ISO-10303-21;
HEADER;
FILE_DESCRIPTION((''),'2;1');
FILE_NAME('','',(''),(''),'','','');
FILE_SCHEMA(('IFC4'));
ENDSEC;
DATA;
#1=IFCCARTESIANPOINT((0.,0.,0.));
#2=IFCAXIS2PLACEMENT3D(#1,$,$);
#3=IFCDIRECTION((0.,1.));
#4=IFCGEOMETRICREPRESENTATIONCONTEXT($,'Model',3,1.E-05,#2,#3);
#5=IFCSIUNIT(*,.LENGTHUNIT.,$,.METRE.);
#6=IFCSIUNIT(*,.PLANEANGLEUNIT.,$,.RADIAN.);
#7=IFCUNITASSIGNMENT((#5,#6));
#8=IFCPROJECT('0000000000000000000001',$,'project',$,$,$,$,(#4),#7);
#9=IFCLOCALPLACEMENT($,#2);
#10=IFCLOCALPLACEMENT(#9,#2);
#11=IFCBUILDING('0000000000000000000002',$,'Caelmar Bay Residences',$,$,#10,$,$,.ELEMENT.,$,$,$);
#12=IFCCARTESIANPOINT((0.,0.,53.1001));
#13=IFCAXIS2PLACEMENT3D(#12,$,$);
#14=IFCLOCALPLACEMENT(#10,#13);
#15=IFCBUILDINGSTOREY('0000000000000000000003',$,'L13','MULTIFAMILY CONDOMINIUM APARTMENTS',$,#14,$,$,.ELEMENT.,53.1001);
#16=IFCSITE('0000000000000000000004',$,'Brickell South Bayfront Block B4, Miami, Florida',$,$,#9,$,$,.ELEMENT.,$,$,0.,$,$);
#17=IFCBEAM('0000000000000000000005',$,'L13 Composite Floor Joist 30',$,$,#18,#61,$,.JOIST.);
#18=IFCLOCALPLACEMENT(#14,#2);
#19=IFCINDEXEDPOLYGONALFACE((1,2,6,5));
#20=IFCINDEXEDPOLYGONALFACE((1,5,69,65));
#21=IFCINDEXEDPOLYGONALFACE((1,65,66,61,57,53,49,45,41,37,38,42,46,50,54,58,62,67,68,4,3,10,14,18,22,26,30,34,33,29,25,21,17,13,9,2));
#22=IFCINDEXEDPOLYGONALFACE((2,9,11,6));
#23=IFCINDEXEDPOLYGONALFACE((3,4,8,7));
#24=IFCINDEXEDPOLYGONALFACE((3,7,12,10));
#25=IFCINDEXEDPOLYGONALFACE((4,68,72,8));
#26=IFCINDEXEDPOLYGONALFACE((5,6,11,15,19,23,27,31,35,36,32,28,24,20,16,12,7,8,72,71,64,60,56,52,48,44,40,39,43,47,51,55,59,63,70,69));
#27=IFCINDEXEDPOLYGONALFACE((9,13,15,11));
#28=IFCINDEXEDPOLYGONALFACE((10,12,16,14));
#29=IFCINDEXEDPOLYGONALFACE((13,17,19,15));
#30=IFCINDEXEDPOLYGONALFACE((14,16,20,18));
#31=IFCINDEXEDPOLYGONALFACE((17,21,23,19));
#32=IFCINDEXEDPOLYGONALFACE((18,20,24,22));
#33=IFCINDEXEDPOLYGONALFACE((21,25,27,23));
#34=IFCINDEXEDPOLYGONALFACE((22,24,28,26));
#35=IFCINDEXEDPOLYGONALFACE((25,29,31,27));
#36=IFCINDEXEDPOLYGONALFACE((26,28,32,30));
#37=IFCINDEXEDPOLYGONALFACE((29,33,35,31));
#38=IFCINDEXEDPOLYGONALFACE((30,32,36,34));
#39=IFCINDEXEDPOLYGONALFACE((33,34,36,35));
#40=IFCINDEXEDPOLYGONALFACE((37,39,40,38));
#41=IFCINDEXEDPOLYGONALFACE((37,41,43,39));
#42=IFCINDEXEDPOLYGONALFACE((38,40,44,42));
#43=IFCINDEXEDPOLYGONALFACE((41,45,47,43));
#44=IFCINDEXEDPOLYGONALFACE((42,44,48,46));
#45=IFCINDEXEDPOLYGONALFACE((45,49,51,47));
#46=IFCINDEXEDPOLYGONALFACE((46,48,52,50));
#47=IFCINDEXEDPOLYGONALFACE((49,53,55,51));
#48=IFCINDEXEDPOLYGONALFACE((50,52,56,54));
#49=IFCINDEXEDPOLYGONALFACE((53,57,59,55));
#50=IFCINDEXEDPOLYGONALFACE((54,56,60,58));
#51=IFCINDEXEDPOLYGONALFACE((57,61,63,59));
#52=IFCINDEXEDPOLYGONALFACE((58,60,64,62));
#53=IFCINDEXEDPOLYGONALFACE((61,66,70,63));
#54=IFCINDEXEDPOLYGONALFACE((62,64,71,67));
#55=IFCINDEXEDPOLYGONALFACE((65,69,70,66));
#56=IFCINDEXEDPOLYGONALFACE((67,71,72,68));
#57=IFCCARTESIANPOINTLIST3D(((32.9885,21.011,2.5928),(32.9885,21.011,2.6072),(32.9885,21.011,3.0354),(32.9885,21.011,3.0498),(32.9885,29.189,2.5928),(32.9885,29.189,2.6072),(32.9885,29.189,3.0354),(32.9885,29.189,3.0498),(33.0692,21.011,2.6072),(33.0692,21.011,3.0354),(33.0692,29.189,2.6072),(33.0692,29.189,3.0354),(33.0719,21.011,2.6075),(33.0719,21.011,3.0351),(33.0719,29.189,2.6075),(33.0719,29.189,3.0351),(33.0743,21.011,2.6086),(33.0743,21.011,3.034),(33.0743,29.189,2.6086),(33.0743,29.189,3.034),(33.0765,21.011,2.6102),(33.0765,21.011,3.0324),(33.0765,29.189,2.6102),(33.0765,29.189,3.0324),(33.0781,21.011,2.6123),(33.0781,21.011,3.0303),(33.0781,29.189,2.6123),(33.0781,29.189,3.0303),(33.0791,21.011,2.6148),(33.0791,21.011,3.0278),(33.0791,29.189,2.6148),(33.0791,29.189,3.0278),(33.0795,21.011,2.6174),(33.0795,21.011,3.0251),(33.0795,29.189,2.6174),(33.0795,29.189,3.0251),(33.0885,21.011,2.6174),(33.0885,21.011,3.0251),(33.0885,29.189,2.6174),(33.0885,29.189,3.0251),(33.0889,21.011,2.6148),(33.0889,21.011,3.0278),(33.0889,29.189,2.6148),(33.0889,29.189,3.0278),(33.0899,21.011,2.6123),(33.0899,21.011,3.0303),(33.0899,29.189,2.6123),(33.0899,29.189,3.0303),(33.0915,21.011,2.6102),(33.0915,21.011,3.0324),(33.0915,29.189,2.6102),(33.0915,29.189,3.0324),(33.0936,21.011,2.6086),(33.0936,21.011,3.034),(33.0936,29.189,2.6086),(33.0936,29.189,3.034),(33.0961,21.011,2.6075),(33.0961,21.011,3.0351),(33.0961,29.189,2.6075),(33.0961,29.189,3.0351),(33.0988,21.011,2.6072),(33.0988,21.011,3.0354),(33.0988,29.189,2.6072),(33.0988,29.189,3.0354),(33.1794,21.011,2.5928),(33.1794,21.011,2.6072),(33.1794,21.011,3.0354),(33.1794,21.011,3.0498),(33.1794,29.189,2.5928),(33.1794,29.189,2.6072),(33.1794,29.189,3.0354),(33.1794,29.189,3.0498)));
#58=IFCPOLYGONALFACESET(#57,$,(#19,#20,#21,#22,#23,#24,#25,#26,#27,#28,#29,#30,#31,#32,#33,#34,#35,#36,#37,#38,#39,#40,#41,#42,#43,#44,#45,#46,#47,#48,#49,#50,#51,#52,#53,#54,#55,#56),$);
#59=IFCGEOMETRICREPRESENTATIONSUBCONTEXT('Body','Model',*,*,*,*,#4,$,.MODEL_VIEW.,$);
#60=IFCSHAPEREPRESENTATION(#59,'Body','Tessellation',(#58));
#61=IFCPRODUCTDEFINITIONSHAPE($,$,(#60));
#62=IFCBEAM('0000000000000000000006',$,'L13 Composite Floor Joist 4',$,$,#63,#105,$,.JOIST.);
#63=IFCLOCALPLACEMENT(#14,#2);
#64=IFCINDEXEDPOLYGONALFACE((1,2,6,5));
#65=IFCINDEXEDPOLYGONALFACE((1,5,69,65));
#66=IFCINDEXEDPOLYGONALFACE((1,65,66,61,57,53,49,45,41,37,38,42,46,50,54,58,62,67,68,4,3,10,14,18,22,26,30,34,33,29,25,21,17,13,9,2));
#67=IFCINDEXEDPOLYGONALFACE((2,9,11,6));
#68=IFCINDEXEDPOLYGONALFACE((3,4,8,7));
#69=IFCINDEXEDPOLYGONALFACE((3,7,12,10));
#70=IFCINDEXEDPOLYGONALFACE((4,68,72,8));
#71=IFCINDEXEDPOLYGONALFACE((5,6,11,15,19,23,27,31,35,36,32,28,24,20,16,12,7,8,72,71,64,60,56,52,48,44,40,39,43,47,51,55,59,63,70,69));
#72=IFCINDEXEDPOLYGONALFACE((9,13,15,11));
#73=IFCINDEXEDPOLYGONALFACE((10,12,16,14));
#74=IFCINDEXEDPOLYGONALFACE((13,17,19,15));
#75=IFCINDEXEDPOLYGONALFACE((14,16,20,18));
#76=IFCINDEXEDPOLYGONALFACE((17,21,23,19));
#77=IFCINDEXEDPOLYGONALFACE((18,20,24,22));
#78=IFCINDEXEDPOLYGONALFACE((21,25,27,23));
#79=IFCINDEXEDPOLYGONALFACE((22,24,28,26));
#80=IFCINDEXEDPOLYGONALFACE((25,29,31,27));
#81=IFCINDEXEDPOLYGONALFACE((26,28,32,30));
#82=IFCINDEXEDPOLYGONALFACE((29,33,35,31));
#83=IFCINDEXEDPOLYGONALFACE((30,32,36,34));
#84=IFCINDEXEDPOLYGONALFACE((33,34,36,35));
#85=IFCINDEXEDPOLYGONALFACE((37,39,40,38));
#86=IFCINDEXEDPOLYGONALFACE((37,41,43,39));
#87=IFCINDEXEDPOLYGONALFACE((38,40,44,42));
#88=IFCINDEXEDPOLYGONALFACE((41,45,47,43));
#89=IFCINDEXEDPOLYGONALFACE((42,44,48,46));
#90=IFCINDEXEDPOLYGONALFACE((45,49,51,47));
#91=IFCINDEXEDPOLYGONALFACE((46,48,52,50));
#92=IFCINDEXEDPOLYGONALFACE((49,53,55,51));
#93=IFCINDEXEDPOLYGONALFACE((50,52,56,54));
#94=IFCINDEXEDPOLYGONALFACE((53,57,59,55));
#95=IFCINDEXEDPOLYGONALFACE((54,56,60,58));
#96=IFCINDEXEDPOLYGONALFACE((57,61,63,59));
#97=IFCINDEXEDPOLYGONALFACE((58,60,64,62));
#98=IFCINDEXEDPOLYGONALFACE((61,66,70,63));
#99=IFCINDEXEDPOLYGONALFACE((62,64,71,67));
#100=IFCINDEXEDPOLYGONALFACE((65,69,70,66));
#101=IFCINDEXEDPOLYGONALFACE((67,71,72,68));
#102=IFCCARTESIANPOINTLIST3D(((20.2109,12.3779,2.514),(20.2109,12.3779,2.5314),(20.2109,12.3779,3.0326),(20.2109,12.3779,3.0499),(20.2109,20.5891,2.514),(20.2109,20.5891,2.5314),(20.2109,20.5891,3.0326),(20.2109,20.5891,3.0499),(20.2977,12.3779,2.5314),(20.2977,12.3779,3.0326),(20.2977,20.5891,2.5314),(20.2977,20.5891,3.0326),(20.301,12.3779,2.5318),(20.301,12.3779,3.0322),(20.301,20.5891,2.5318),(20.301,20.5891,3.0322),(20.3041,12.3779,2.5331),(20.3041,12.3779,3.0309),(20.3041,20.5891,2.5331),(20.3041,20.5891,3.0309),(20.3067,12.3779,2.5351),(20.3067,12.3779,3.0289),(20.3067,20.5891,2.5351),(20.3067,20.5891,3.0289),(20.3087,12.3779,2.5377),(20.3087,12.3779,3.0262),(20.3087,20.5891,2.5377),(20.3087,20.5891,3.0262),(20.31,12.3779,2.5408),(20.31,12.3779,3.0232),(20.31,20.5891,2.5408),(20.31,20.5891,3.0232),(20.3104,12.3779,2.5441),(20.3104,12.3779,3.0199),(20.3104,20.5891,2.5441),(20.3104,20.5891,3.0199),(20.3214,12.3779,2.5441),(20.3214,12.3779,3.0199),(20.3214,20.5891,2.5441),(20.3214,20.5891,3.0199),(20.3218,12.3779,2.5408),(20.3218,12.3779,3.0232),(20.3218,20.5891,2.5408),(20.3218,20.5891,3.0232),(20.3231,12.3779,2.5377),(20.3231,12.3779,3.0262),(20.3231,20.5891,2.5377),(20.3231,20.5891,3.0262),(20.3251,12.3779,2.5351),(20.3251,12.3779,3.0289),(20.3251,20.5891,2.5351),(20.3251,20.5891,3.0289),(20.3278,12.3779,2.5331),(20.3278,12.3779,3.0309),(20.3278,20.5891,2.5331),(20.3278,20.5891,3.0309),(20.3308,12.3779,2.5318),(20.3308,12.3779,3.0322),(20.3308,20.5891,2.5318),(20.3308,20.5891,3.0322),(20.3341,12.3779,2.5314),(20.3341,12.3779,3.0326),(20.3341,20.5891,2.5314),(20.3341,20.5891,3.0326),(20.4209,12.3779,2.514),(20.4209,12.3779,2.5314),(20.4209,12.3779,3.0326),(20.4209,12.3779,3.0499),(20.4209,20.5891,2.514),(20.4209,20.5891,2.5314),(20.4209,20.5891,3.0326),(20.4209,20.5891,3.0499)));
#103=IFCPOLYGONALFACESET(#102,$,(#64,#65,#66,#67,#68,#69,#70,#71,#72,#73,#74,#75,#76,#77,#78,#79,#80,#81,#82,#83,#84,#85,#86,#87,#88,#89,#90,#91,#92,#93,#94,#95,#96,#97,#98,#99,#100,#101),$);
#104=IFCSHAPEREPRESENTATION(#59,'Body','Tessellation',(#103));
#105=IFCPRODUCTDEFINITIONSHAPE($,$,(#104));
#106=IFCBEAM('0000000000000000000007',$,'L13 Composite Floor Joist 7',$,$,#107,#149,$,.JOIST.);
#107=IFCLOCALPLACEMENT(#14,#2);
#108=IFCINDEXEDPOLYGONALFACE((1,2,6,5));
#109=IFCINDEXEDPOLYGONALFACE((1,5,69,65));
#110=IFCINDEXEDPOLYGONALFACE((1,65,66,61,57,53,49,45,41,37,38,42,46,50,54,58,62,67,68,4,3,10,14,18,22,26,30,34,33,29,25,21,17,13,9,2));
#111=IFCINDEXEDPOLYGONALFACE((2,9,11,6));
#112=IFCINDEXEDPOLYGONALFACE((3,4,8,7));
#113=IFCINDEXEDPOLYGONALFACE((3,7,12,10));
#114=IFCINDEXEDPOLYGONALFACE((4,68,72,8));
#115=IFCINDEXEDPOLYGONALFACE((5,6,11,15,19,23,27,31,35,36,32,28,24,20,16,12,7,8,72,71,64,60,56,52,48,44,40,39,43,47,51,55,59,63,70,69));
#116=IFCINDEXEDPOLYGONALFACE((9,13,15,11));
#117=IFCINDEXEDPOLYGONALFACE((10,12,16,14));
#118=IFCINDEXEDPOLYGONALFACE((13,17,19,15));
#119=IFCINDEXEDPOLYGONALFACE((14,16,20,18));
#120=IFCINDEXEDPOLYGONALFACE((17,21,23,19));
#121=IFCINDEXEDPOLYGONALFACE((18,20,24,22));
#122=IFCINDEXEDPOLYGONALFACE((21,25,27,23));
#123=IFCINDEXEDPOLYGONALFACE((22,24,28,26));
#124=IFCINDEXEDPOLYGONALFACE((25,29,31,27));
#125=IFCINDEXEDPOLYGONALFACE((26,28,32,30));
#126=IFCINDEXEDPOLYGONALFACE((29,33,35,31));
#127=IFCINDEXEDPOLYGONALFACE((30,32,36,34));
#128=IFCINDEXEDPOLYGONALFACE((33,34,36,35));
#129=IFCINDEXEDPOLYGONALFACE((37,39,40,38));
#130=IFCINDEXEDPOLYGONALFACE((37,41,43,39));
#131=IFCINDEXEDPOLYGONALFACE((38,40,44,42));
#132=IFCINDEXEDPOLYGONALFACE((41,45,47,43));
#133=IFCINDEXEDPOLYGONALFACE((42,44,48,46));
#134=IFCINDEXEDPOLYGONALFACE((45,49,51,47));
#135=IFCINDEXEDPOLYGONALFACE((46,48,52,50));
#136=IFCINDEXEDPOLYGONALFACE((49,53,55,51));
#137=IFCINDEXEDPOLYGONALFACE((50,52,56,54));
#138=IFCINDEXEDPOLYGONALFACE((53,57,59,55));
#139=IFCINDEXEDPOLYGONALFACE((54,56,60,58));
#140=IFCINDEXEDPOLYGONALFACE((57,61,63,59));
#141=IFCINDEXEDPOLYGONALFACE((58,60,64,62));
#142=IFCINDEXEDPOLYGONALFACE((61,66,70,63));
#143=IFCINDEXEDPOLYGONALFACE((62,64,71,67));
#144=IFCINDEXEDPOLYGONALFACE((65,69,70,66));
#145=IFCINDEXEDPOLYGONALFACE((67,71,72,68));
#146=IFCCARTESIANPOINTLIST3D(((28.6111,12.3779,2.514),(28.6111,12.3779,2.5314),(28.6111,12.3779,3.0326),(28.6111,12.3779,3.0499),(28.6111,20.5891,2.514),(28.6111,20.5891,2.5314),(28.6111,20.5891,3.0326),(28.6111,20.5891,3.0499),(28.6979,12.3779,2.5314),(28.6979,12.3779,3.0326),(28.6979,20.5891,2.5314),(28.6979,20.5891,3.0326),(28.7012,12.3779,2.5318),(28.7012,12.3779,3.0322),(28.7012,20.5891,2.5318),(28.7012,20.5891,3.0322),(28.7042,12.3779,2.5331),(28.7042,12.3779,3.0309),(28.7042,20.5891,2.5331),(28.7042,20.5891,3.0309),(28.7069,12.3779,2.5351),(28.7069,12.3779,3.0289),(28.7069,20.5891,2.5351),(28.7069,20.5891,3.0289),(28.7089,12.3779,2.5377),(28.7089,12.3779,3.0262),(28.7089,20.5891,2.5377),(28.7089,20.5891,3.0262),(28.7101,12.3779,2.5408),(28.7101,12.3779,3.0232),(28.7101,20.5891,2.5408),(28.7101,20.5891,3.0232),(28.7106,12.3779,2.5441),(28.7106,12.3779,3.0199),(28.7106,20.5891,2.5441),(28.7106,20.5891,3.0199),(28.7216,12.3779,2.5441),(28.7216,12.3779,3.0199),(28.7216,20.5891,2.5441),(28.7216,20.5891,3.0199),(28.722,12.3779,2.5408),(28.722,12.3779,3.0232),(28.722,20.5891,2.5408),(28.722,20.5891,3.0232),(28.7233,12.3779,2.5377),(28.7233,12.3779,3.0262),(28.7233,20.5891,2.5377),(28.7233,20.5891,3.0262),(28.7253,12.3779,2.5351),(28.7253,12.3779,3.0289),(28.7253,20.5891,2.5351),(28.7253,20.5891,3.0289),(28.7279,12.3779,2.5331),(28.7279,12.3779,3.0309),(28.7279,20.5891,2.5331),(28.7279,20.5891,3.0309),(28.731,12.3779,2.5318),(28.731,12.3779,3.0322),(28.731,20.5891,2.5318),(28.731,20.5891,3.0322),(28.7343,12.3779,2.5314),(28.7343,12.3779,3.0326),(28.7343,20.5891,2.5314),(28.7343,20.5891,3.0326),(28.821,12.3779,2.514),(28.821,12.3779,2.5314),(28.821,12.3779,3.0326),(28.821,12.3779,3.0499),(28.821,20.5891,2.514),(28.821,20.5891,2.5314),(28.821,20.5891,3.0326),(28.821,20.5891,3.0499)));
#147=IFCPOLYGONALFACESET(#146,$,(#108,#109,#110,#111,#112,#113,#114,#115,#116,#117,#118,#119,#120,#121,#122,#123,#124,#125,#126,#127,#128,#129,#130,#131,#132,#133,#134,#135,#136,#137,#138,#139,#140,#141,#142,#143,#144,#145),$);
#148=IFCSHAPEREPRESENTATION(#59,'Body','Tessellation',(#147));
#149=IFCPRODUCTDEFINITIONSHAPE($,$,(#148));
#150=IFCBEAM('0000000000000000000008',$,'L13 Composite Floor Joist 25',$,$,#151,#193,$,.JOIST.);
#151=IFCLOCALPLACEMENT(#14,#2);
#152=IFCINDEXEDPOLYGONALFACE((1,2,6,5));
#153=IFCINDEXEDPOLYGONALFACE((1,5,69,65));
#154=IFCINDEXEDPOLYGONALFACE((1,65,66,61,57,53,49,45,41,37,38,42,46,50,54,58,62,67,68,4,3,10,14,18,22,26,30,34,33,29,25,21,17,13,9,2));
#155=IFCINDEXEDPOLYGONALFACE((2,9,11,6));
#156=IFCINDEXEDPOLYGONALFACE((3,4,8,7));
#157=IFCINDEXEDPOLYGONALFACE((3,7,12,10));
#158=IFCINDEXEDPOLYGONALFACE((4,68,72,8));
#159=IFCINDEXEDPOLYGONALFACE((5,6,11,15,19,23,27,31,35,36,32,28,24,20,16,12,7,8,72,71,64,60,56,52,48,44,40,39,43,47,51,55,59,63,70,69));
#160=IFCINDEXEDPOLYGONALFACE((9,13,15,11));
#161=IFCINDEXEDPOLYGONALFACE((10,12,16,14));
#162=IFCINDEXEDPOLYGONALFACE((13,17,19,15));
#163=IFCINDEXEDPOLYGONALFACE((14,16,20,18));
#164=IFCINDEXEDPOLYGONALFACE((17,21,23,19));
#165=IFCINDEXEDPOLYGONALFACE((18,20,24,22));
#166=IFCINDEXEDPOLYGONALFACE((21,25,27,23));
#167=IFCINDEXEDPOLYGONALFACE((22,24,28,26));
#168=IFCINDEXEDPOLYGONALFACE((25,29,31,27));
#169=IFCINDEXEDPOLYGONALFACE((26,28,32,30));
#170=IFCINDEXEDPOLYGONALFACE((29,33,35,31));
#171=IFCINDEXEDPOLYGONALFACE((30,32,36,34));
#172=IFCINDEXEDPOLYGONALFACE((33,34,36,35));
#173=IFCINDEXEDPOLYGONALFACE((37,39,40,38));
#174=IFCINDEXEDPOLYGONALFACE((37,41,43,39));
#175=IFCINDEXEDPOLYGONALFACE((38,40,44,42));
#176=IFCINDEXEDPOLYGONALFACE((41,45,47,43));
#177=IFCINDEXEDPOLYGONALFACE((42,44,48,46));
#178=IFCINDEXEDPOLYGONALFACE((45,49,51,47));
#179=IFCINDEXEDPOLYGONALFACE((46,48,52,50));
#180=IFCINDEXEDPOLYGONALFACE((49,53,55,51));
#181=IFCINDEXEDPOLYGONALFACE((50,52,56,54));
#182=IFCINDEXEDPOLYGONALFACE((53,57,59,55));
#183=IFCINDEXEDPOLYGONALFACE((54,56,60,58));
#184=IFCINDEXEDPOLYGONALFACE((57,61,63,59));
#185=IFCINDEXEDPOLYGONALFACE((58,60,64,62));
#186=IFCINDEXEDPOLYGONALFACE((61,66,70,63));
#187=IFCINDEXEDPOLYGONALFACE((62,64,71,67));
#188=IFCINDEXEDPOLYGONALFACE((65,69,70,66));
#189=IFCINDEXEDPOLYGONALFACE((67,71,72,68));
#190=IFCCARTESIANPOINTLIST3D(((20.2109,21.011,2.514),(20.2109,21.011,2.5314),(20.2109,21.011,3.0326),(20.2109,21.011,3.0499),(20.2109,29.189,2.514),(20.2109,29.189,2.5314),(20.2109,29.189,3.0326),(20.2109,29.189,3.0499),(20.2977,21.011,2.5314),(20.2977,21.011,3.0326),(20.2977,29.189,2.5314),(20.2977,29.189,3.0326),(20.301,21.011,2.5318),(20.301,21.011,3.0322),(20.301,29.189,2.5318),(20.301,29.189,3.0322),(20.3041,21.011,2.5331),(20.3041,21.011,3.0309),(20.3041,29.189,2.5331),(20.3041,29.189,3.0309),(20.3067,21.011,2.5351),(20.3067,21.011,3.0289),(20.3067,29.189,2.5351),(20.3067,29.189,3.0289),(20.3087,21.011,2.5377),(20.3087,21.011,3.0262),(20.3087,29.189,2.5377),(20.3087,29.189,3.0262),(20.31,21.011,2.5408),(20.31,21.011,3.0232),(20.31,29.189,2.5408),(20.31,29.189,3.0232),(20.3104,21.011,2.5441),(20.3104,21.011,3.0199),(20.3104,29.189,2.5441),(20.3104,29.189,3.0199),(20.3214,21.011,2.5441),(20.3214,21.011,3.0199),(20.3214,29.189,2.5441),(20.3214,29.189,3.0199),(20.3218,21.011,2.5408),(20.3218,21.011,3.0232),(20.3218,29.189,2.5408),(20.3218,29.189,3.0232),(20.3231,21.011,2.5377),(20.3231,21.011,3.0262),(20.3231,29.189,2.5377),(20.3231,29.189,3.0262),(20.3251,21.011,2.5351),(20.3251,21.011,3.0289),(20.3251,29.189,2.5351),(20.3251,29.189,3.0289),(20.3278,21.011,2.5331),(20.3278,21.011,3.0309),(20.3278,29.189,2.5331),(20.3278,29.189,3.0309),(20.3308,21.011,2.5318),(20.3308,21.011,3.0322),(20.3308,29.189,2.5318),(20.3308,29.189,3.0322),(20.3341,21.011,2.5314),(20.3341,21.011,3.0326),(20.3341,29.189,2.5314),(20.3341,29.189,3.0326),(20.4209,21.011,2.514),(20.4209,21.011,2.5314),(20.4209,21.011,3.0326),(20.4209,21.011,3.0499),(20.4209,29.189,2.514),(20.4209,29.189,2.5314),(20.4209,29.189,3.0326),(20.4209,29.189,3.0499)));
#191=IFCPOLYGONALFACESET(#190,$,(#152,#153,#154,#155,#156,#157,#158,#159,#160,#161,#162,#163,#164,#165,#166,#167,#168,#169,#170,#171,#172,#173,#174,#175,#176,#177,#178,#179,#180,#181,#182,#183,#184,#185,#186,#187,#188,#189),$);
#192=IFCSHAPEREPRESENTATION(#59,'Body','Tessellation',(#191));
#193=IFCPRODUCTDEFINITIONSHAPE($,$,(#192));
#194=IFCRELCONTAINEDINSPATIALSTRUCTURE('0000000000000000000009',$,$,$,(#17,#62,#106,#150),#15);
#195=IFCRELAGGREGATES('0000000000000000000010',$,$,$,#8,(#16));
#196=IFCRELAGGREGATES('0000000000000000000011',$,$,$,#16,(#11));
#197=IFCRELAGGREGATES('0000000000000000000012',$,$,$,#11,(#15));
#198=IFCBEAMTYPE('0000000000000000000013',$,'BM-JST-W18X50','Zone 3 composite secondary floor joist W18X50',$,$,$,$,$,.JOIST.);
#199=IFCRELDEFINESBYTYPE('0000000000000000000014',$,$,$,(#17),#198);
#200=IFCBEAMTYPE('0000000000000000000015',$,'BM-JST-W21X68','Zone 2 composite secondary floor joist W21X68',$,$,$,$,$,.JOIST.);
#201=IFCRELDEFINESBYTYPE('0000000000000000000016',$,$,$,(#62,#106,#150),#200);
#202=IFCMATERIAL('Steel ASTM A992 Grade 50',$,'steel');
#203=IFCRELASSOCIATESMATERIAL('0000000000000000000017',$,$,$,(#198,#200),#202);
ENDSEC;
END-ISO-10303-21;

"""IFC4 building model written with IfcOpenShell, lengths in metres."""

from ifc_helpers import new_model, si_unit, direction, frame, origin, origin_2d, place, context, subcontext, project, spatial, i_section, extrude, material, material_profile, profile_set, type_object, element, save


model = new_model("IFC4")

# Units and contexts
model_context = context("Model", 3, precision=1e-05, world=origin(), true_north=direction((0.0, 1.0)))
body_context = subcontext(model_context, "Body", "Model", "MODEL_VIEW")
ifc_project = project(units=[si_unit("LENGTHUNIT", "METRE"), si_unit("PLANEANGLEUNIT", "RADIAN")], contexts=[model_context])

# Site, building, storey
site_placement = place(None, origin())
site = spatial("IfcSite", under=ifc_project, at=site_placement, Name="Brickell South Bayfront Block B4, Miami, Florida", CompositionType="ELEMENT", RefElevation=0.0)
building_placement = place(site_placement, origin())
building = spatial("IfcBuilding", under=site, at=building_placement, Name="Caelmar Bay Residences", CompositionType="ELEMENT")
storey_placement = place(building_placement, frame((0.0, 0.0, 53.1001)))
storey = spatial("IfcBuildingStorey", under=building, at=storey_placement, Name="L13", Description="MULTIFAMILY CONDOMINIUM APARTMENTS", CompositionType="ELEMENT", Elevation=53.1001)

# Beams
ifc_material_1 = material(Name="Steel ASTM A992 Grade 50", Category="steel")
ifc_material_profile_1 = material_profile(ifc_material_1, i_section(OverallWidth=0.1909, OverallDepth=0.457, WebThickness=0.009, FlangeThickness=0.0144, FilletRadius=0.0103, at=origin_2d()), Name="W18X50")
ifc_profile_set_1 = profile_set([ifc_material_profile_1], Name="Steel ASTM A992 Grade 50")
beam_type_1 = type_object("IfcBeamType", Name="BM-JST-W18X50", Description="Zone 3 composite secondary floor joist W18X50", PredefinedType="JOIST", material=ifc_profile_set_1)
for number, where, z_axis, x_axis, name in (
    (1, (33.084, 21.011, 2.8213), (0.0, 1.0, 0.0), (-1.0, 0.0, 0.0), "L13 Composite Floor Joist 30"),
):
    element("IfcBeam", number, at=place(storey_placement, frame(where, z_axis=z_axis, x_axis=x_axis)), inside=storey, type_object=beam_type_1, Name=name, PredefinedType="JOIST", context=body_context, shape_type="SweptSolid", body=[
        extrude(i_section(OverallWidth=0.1909, OverallDepth=0.457, WebThickness=0.009, FlangeThickness=0.0144, FilletRadius=0.0103, at=origin_2d()), origin(), (0.0, 0.0, 1.0), 8.178),
    ])
ifc_material_profile_2 = material_profile(ifc_material_1, i_section(OverallWidth=0.21, OverallDepth=0.5359, WebThickness=0.011, FlangeThickness=0.0173, FilletRadius=0.0127, at=origin_2d()), Name="W21X68")
ifc_profile_set_2 = profile_set([ifc_material_profile_2], Name="Steel ASTM A992 Grade 50")
beam_type_2 = type_object("IfcBeamType", Name="BM-JST-W21X68", Description="Zone 2 composite secondary floor joist W21X68", PredefinedType="JOIST", material=ifc_profile_set_2)
for number, where, z_axis, x_axis, name in (
    (2, (20.3159, 12.3779, 2.782), (0.0, 1.0, 0.0), (-1.0, 0.0, 0.0), "L13 Composite Floor Joist 4"),
    (3, (28.7161, 12.3779, 2.782), (0.0, 1.0, 0.0), (-1.0, 0.0, 0.0), "L13 Composite Floor Joist 7"),
):
    element("IfcBeam", number, at=place(storey_placement, frame(where, z_axis=z_axis, x_axis=x_axis)), inside=storey, type_object=beam_type_2, Name=name, PredefinedType="JOIST", context=body_context, shape_type="SweptSolid", body=[
        extrude(i_section(OverallWidth=0.21, OverallDepth=0.5359, WebThickness=0.011, FlangeThickness=0.0173, FilletRadius=0.0127, at=origin_2d()), origin(), (0.0, 0.0, 1.0), 8.2112),
    ])
for number, where, z_axis, x_axis, name in (
    (4, (20.3159, 21.011, 2.782), (0.0, 1.0, 0.0), (-1.0, 0.0, 0.0), "L13 Composite Floor Joist 25"),
):
    element("IfcBeam", number, at=place(storey_placement, frame(where, z_axis=z_axis, x_axis=x_axis)), inside=storey, type_object=beam_type_2, Name=name, PredefinedType="JOIST", context=body_context, shape_type="SweptSolid", body=[
        extrude(i_section(OverallWidth=0.21, OverallDepth=0.5359, WebThickness=0.011, FlangeThickness=0.0173, FilletRadius=0.0127, at=origin_2d()), origin(), (0.0, 0.0, 1.0), 8.178),
    ])

save(model, "model.ifc")
